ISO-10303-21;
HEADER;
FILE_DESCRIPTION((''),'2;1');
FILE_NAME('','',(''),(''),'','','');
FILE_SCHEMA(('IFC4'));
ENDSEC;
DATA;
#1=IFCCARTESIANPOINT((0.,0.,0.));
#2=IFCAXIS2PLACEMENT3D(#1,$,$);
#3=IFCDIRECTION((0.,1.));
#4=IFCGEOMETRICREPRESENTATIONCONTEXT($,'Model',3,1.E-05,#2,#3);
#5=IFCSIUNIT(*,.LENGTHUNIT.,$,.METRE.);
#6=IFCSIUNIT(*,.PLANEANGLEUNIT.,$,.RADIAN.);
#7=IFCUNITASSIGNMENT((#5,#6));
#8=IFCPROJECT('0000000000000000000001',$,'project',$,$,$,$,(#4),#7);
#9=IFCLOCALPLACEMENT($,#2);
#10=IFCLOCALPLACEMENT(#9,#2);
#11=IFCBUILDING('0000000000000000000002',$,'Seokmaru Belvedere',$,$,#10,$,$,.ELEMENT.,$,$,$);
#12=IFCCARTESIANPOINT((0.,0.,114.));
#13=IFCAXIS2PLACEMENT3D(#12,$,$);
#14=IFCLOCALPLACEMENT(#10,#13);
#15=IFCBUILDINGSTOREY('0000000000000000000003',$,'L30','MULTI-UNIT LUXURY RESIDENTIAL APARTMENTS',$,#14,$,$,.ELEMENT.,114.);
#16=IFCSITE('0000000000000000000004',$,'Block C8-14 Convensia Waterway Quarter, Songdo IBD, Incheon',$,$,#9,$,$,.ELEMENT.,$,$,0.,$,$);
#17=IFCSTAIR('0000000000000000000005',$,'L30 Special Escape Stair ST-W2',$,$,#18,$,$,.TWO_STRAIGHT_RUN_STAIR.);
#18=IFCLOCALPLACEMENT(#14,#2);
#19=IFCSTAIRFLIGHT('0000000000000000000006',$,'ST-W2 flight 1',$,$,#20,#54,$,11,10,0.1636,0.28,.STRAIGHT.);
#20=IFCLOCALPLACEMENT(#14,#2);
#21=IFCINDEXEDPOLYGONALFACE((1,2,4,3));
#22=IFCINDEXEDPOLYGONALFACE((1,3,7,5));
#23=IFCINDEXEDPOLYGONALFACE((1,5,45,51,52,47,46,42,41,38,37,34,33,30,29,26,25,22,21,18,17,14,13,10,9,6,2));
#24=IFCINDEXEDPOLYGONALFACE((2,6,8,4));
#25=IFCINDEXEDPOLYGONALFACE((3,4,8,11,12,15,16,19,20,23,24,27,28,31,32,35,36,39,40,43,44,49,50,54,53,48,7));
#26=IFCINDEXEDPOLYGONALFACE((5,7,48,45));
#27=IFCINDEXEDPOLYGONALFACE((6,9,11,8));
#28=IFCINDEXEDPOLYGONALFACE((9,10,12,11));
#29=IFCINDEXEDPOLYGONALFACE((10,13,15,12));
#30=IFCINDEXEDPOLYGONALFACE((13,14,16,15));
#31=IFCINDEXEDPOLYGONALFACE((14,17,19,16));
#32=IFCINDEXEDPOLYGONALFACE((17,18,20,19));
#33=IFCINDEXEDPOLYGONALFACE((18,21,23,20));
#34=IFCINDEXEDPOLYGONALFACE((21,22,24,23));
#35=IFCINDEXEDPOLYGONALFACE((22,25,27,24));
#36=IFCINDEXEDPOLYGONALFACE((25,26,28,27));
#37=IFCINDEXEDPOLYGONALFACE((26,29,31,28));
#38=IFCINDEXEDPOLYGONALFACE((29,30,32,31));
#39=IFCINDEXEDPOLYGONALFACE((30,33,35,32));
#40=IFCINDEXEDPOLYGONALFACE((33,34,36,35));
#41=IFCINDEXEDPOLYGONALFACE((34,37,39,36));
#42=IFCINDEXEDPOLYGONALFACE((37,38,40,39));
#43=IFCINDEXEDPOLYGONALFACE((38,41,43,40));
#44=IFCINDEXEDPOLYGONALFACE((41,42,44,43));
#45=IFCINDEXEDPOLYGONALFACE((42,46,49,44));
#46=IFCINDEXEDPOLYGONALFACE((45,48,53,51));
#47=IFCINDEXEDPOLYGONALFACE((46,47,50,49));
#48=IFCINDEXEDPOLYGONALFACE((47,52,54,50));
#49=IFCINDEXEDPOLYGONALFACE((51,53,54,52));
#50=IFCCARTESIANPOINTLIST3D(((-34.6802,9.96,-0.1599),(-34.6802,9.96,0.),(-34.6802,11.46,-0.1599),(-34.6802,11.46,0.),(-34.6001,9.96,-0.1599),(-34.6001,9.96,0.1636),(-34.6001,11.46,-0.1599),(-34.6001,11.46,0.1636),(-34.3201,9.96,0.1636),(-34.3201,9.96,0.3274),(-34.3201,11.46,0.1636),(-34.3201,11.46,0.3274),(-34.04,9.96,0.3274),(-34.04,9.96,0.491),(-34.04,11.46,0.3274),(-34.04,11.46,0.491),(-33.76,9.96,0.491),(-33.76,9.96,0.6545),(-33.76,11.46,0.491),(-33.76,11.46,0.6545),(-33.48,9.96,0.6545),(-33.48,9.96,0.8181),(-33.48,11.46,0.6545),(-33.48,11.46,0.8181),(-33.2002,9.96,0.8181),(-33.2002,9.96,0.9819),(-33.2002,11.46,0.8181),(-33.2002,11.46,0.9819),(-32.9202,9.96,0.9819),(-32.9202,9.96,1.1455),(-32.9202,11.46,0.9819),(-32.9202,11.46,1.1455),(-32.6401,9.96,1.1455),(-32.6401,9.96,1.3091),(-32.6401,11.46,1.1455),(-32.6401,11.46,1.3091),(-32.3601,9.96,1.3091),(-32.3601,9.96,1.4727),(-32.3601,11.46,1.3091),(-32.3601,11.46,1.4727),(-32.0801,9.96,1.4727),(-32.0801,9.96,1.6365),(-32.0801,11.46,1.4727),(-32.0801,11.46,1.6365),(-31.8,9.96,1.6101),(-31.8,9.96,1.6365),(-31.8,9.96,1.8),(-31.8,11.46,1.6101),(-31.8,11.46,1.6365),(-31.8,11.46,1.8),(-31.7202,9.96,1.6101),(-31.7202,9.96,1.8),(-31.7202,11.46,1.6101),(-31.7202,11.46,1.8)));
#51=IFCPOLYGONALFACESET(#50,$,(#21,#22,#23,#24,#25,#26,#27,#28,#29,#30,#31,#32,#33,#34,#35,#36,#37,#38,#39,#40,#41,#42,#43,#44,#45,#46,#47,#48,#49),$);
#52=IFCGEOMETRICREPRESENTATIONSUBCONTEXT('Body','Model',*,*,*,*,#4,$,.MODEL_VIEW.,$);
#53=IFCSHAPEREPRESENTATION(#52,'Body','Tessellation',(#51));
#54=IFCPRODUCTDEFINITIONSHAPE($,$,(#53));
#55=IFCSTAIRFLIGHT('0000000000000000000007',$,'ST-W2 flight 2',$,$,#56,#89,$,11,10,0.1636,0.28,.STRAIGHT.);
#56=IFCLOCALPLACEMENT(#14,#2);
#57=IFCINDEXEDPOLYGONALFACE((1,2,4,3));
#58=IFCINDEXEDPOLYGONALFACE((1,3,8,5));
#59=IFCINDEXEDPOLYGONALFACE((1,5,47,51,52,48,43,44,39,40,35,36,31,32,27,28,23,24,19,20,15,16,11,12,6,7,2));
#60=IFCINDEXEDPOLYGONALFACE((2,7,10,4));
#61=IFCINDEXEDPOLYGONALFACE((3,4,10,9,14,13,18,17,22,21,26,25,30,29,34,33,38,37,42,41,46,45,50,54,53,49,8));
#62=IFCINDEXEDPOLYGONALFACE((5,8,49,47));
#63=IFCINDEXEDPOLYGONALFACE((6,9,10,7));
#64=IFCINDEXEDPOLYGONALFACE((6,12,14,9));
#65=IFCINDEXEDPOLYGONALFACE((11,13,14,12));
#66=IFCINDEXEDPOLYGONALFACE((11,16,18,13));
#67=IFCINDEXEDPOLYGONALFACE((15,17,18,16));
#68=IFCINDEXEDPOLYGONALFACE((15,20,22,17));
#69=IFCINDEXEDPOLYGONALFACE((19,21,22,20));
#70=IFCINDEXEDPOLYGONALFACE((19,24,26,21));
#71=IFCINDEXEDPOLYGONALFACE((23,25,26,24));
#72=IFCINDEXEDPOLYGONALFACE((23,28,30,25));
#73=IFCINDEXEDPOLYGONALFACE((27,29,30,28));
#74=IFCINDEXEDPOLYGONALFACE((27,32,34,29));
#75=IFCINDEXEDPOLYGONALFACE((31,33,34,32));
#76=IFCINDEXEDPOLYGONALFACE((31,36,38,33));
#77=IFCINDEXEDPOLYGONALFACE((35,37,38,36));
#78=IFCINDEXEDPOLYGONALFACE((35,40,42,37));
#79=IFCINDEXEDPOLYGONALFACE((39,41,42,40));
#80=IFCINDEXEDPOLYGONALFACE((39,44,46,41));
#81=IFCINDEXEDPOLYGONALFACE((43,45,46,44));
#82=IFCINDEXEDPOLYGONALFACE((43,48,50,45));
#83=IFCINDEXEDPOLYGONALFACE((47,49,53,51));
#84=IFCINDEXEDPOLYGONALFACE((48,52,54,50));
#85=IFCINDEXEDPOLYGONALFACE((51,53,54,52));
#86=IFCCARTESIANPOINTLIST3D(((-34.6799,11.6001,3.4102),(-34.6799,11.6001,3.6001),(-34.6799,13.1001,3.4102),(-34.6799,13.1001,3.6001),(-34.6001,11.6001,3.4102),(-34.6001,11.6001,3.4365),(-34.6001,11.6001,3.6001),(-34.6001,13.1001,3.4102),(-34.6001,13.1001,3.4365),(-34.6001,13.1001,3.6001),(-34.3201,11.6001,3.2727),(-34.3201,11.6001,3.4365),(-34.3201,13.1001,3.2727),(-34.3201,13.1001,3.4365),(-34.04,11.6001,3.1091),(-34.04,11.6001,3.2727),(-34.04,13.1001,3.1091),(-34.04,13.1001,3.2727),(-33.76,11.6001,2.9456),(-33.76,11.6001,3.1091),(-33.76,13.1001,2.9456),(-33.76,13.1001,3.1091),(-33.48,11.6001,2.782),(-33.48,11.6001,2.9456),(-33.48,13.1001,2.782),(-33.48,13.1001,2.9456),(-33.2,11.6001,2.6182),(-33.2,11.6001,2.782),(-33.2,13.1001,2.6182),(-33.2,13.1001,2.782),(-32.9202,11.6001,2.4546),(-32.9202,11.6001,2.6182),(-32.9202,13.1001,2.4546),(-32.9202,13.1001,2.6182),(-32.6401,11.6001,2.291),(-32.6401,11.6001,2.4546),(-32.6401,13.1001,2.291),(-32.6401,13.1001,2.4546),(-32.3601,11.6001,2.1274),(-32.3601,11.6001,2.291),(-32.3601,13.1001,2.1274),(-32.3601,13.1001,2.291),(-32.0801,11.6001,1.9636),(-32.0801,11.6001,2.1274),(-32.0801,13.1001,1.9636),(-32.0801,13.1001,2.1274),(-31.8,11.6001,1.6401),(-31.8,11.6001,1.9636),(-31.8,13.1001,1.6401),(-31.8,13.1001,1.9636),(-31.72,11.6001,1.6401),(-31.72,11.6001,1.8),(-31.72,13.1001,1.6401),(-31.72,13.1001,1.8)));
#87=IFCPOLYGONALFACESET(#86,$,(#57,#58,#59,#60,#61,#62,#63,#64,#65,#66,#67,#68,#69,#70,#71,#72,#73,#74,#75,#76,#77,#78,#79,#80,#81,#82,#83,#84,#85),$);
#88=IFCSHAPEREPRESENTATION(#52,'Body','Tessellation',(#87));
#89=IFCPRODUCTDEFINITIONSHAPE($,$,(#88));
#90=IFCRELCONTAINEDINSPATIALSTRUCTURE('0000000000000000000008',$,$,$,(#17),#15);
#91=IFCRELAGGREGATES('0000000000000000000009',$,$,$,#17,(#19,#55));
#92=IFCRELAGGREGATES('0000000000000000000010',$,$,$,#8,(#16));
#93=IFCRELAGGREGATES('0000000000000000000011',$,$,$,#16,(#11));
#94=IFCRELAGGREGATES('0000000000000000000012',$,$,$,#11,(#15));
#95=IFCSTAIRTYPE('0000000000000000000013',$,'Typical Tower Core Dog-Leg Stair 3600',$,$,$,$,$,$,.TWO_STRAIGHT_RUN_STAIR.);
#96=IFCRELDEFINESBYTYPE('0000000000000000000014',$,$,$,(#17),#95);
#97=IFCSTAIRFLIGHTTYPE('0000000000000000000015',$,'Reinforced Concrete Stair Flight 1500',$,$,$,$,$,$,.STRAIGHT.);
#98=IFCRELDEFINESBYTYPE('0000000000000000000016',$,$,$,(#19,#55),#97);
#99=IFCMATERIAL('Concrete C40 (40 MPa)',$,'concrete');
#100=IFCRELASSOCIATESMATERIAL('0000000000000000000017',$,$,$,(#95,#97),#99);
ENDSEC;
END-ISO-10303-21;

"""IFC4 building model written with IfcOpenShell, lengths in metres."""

from ifc_helpers import new_model, si_unit, direction, frame, origin, place, context, subcontext, project, spatial, polyline, outline, extrude, material, type_object, element, aggregate, save


model = new_model("IFC4")

# Units and contexts
model_context = context("Model", 3, precision=1e-05, world=origin(), true_north=direction((0.0, 1.0)))
body_context = subcontext(model_context, "Body", "Model", "MODEL_VIEW")
ifc_project = project(units=[si_unit("LENGTHUNIT", "METRE"), si_unit("PLANEANGLEUNIT", "RADIAN")], contexts=[model_context])

# Site, building, storey
site_placement = place(None, origin())
site = spatial("IfcSite", under=ifc_project, at=site_placement, Name="Block C8-14 Convensia Waterway Quarter, Songdo IBD, Incheon", CompositionType="ELEMENT", RefElevation=0.0)
building_placement = place(site_placement, origin())
building = spatial("IfcBuilding", under=site, at=building_placement, Name="Seokmaru Belvedere", CompositionType="ELEMENT")
storey_placement = place(building_placement, frame((0.0, 0.0, 114.0)))
storey = spatial("IfcBuildingStorey", under=building, at=storey_placement, Name="L30", Description="MULTI-UNIT LUXURY RESIDENTIAL APARTMENTS", CompositionType="ELEMENT", Elevation=114.0)

# Stair, stair flights
ifc_material_1 = material(Name="Concrete C40 (40 MPa)", Category="concrete")
stair_type = type_object("IfcStairType", Name="Typical Tower Core Dog-Leg Stair 3600", PredefinedType="TWO_STRAIGHT_RUN_STAIR", material=ifc_material_1)
stair_placement = place(storey_placement, origin())
stair = element("IfcStair", 1, at=stair_placement, inside=storey, type_object=stair_type, Name="L30 Special Escape Stair ST-W2", PredefinedType="TWO_STRAIGHT_RUN_STAIR")
stair_flight_type = type_object("IfcStairFlightType", Name="Reinforced Concrete Stair Flight 1500", PredefinedType="STRAIGHT", material=ifc_material_1)
stair_flight_1_placement = place(storey_placement, frame((-34.6001, 10.71, 0.0), z_axis=(0.0, 0.0, 1.0), x_axis=(1.0, 0.0, 0.0)))
stair_flight_1 = element("IfcStairFlight", 2, at=stair_flight_1_placement, type_object=stair_flight_type, Name="ST-W2 flight 1", NumberOfRisers=11, NumberOfTreads=10, PredefinedType="STRAIGHT", RiserHeight=0.1636, TreadLength=0.28, context=body_context, shape_type="SweptSolid", body=[
    extrude(outline(polyline([(-0.0801, 0.0), (0.0, 0.1636), (0.28, 0.1636), (0.28, 0.3274), (0.5601, 0.3274), (0.5601, 0.491), (0.8401, 0.491), (0.8401, 0.6545), (1.1201, 0.6545), (1.1201, 0.8181), (1.3999, 0.8181), (1.3999, 0.9819), (1.6799, 0.9819), (1.6799, 1.1455), (1.96, 1.1455), (1.96, 1.3091), (2.24, 1.3091), (2.24, 1.4727), (2.52, 1.4727), (2.52, 1.6365), (2.8, 1.6365), (2.8, 1.8), (2.8799, 1.8), (2.8799, 1.6101), (2.8, 1.6101), (0.0, -0.1599), (-0.0801, -0.1599), (-0.0801, 0.0)])), frame((0.0, 0.75, 0.0), z_axis=(0.0, -1.0, 0.0), x_axis=(1.0, 0.0, 0.0)), (0.0, 0.0, 1.0), 1.5),
])
stair_flight_2_placement = place(storey_placement, frame((-31.8, 12.3501, 1.8), z_axis=(0.0, 0.0, 1.0), x_axis=(-1.0, 0.0, 0.0)))
stair_flight_2 = element("IfcStairFlight", 3, at=stair_flight_2_placement, type_object=stair_flight_type, Name="ST-W2 flight 2", NumberOfRisers=11, NumberOfTreads=10, PredefinedType="STRAIGHT", RiserHeight=0.1636, TreadLength=0.28, context=body_context, shape_type="SweptSolid", body=[
    extrude(outline(polyline([(-0.0801, 0.0), (0.0, 0.1636), (0.28, 0.1636), (0.28, 0.3274), (0.5601, 0.3274), (0.5601, 0.491), (0.8401, 0.491), (0.8401, 0.6545), (1.1201, 0.6545), (1.1201, 0.8181), (1.3999, 0.8181), (1.3999, 0.9819), (1.6799, 0.9819), (1.6799, 1.1455), (1.96, 1.1455), (1.96, 1.3091), (2.24, 1.3091), (2.24, 1.4727), (2.52, 1.4727), (2.52, 1.6365), (2.8, 1.6365), (2.8, 1.8), (2.8799, 1.8), (2.8799, 1.6101), (2.8, 1.6101), (0.0, -0.1599), (-0.0801, -0.1599), (-0.0801, 0.0)])), frame((0.0, 0.75, 0.0), z_axis=(0.0, -1.0, 0.0), x_axis=(1.0, 0.0, 0.0)), (0.0, 0.0, 1.0), 1.5),
])
aggregate(stair, [stair_flight_1, stair_flight_2])

save(model, "model.ifc")
